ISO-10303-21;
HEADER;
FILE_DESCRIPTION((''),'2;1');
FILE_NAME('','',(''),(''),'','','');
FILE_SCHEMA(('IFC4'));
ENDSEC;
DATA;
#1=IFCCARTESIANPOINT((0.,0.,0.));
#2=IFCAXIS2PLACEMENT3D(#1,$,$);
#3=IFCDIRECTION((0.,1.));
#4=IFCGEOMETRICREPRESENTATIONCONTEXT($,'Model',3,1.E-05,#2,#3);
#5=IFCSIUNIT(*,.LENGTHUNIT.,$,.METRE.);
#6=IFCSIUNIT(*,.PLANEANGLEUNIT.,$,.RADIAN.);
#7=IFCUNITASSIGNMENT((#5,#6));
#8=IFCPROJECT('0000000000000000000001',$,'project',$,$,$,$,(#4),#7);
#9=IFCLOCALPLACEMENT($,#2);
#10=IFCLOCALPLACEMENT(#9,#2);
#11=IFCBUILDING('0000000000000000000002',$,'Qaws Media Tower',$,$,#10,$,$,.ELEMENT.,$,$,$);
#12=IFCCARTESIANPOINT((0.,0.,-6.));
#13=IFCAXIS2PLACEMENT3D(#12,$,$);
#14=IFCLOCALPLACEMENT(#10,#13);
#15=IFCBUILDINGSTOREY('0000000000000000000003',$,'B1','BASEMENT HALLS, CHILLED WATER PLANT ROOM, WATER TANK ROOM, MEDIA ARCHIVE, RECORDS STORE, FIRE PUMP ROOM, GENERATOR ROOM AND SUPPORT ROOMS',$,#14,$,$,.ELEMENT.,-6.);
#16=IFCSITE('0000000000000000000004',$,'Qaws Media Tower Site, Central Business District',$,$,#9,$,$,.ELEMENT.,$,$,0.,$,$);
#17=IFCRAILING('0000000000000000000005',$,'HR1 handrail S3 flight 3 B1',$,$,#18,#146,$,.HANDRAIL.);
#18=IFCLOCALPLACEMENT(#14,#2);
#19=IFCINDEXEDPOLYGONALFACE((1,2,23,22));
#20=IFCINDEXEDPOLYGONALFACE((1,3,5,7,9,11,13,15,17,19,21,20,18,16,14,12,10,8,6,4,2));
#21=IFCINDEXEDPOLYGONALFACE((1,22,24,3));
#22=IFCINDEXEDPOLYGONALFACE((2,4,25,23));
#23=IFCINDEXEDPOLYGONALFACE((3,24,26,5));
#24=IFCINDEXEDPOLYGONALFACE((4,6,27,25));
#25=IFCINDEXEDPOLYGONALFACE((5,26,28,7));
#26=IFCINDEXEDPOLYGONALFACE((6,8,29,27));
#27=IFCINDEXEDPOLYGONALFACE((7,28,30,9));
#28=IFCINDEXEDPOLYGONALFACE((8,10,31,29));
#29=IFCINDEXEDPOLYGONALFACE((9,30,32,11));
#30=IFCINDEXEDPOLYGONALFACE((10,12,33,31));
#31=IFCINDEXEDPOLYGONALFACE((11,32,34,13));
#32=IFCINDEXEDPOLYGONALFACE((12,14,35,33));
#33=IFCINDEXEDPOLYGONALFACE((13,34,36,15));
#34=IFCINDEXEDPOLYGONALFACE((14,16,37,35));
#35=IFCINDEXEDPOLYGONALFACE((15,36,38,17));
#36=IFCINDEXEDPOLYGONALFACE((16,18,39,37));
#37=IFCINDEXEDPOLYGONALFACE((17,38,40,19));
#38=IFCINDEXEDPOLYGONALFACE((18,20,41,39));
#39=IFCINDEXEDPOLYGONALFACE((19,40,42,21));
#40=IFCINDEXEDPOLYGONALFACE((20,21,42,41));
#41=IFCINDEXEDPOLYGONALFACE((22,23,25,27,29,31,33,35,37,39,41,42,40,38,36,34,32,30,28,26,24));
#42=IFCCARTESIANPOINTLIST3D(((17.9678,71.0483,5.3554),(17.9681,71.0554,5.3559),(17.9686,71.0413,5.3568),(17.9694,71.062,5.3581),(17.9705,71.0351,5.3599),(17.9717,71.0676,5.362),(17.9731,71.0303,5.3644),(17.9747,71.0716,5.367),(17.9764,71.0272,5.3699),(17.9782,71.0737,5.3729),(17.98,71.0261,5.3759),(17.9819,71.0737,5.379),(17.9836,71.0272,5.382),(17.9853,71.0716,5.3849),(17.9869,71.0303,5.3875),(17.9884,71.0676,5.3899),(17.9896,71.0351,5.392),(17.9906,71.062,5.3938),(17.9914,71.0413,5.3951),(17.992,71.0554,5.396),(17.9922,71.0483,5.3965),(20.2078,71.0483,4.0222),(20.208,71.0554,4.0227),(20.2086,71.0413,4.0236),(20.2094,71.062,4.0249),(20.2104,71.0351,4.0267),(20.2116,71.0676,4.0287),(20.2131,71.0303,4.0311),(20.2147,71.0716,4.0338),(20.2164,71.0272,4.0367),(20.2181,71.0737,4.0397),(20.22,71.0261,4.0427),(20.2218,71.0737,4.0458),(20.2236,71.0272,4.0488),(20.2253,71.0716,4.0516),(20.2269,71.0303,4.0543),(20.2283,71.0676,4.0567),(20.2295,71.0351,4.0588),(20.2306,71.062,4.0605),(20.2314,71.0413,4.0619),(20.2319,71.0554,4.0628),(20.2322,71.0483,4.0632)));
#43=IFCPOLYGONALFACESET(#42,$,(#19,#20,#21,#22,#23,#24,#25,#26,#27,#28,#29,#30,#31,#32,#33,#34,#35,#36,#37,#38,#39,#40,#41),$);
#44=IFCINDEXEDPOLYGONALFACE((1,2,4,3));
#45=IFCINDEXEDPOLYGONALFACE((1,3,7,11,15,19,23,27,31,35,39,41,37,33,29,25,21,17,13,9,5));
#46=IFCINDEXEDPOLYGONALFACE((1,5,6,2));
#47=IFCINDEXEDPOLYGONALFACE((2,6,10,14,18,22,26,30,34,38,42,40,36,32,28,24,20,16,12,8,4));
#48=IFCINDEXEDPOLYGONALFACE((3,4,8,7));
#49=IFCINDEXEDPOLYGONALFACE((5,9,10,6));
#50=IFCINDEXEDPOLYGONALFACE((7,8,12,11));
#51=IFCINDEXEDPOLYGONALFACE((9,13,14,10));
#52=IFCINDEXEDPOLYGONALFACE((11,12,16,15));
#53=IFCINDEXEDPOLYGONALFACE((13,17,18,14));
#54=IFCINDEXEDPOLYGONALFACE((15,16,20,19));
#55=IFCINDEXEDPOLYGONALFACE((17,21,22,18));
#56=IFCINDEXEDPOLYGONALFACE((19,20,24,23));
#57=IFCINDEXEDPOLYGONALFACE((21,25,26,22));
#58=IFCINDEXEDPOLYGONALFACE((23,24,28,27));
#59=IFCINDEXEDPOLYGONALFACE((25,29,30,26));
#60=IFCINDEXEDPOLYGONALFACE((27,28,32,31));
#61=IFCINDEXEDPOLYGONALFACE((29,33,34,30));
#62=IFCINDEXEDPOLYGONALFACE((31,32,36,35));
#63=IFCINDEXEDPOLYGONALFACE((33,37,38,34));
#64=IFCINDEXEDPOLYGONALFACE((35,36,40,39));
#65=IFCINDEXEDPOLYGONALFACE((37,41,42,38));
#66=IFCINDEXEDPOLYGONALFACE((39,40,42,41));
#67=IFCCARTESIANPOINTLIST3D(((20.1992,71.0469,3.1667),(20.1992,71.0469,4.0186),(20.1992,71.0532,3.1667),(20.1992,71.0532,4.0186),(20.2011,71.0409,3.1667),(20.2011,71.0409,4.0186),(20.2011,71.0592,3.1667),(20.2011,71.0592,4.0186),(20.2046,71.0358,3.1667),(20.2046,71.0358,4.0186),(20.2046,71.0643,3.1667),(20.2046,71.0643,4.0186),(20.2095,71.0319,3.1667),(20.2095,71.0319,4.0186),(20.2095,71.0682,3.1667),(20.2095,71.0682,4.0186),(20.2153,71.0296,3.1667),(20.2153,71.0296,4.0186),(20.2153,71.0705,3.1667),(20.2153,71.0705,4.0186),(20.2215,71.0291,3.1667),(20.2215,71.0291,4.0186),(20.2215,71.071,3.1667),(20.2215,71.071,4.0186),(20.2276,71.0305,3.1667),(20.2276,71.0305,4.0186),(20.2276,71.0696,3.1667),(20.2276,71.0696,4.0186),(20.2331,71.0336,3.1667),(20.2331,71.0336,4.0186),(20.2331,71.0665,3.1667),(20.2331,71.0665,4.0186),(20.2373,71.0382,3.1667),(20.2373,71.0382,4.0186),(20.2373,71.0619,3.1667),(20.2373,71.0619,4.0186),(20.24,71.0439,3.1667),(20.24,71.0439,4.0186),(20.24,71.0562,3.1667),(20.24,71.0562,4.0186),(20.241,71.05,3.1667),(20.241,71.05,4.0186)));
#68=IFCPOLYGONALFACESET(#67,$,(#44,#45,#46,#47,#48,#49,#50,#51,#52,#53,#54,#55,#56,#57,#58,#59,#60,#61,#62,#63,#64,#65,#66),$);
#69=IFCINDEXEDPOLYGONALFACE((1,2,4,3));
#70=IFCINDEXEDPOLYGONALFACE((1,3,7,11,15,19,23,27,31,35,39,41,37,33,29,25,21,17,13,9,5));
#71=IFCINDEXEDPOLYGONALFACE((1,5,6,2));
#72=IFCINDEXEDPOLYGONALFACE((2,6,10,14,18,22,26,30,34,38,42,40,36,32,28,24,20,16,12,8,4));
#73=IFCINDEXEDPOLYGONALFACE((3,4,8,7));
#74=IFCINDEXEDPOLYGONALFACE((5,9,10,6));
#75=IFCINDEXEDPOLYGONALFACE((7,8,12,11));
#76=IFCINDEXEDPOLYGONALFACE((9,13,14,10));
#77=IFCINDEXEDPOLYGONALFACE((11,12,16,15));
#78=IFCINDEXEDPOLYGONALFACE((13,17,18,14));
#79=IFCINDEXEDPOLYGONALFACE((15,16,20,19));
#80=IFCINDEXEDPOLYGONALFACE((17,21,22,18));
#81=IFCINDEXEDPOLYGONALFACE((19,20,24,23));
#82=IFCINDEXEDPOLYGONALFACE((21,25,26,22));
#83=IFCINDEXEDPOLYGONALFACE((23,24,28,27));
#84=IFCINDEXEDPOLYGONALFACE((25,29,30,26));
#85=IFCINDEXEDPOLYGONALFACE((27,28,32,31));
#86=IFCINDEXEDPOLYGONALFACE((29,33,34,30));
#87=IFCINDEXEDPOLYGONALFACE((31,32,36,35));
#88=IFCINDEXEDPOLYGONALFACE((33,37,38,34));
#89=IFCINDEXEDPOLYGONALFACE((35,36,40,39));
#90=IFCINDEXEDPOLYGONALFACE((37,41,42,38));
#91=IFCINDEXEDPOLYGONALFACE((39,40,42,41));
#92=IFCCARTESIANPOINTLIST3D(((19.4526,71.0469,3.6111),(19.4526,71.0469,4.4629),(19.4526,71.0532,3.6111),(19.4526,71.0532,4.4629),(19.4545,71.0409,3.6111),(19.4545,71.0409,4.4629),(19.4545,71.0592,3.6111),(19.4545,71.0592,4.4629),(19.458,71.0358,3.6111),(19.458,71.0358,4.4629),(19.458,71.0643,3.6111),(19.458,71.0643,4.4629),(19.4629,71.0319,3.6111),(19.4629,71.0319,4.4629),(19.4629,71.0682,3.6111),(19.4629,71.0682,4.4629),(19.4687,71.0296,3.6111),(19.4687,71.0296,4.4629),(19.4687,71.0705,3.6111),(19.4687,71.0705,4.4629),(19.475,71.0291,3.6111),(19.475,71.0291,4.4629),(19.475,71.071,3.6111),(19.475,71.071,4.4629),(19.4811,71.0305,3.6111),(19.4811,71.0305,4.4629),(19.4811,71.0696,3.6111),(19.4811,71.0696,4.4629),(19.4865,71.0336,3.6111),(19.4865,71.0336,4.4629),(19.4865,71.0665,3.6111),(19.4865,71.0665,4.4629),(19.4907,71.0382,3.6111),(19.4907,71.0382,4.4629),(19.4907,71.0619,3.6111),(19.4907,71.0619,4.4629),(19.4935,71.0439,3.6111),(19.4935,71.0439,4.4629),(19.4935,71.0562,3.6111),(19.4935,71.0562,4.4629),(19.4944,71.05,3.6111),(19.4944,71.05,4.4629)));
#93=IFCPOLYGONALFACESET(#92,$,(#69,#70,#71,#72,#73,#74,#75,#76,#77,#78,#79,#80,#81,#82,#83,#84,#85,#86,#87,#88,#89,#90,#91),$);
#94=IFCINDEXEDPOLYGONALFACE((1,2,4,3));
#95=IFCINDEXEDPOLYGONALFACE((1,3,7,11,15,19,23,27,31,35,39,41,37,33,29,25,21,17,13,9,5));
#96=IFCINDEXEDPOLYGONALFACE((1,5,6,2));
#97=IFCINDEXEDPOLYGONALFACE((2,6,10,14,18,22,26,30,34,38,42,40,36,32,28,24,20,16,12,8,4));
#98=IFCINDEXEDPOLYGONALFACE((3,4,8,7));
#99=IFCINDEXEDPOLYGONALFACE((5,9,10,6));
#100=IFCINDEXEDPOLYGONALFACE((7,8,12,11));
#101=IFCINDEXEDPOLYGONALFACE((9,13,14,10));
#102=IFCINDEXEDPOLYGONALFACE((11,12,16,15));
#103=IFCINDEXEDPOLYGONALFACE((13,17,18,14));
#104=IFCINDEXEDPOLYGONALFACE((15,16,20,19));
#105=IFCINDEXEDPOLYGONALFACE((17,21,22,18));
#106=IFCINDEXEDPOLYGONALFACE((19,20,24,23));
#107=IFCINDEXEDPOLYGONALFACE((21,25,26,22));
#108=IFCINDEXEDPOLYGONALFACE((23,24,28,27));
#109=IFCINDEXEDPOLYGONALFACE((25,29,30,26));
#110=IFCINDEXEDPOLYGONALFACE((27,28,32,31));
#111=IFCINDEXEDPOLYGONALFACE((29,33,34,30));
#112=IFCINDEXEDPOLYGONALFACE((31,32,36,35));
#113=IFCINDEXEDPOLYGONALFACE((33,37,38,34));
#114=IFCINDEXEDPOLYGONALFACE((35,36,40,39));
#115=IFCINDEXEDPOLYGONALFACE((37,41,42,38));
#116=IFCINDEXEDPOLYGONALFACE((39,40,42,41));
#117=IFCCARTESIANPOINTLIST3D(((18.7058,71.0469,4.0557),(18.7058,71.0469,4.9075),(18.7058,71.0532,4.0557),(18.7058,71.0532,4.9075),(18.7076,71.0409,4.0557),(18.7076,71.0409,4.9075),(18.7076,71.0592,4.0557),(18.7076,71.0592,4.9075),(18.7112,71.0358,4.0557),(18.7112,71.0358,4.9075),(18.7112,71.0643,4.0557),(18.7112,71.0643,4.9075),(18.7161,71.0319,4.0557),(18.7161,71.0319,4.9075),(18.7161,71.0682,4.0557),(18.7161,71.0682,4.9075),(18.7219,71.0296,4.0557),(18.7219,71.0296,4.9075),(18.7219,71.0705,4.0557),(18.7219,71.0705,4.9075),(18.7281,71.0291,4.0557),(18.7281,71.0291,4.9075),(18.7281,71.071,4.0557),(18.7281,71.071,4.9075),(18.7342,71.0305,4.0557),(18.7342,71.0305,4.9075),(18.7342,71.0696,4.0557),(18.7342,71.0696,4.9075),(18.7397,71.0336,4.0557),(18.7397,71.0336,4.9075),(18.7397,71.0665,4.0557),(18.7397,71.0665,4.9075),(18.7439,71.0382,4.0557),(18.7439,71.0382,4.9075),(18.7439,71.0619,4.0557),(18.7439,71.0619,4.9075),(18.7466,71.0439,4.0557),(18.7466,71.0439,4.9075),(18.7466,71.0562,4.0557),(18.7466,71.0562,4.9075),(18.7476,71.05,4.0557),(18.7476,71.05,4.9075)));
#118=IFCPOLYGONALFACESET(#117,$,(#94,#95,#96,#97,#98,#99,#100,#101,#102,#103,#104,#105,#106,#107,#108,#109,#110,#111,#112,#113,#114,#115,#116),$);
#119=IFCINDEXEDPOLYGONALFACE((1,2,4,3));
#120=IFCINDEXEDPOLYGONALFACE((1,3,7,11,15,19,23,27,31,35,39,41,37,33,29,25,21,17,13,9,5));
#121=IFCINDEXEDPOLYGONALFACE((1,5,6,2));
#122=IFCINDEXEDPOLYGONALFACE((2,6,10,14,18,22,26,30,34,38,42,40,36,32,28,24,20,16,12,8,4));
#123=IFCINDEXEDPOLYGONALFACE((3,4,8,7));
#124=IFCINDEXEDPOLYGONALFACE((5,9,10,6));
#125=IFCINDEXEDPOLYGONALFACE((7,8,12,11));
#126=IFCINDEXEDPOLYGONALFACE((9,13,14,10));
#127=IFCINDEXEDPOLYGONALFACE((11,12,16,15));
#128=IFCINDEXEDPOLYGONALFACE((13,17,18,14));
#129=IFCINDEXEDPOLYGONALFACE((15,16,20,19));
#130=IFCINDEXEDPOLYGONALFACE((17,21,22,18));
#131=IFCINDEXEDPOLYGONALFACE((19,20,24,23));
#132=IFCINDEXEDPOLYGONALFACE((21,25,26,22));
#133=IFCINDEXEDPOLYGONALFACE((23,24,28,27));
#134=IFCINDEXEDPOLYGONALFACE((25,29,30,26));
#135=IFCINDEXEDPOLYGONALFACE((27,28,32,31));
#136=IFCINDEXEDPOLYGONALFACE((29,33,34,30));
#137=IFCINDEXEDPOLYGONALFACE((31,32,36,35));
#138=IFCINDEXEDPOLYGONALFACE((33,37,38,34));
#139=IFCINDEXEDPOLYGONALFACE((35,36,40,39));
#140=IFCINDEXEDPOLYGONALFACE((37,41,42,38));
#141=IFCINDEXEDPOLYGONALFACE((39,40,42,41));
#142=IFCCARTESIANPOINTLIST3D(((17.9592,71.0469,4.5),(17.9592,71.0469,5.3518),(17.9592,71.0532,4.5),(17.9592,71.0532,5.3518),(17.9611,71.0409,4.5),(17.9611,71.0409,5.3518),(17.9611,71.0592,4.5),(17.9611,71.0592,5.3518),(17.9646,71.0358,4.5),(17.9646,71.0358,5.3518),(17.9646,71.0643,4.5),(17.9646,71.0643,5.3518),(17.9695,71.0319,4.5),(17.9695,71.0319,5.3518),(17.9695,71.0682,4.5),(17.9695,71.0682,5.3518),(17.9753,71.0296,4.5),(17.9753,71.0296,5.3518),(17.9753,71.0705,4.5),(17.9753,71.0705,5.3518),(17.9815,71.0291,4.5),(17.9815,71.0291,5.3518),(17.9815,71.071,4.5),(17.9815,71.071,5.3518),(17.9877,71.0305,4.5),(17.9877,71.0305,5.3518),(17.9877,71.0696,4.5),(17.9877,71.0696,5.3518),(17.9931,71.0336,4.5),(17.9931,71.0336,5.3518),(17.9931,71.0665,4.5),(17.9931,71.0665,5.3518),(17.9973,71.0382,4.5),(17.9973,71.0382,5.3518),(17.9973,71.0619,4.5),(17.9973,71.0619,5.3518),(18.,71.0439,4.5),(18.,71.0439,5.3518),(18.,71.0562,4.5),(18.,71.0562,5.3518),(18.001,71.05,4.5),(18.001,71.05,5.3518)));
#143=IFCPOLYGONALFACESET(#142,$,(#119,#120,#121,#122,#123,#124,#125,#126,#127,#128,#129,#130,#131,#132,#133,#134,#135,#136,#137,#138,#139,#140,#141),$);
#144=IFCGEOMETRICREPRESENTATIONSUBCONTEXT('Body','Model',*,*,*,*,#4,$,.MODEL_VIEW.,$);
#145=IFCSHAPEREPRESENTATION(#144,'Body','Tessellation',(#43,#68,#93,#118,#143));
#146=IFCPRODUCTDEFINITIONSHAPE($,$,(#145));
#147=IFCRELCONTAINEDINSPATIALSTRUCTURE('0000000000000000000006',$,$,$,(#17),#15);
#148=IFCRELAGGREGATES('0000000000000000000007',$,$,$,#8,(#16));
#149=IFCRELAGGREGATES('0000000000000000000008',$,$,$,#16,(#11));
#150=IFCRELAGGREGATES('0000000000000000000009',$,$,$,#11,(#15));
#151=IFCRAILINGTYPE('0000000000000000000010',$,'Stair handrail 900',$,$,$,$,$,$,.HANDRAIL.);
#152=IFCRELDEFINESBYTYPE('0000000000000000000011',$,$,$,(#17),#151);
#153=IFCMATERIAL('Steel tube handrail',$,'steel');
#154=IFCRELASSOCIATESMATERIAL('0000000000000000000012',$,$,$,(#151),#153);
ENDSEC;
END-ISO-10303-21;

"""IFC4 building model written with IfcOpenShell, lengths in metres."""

from ifc_helpers import new_model, si_unit, direction, frame, origin, origin_2d, place, context, subcontext, project, spatial, circle, extrude, material, type_object, element, save


model = new_model("IFC4")

# Units and contexts
model_context = context("Model", 3, precision=1e-05, world=origin(), true_north=direction((0.0, 1.0)))
body_context = subcontext(model_context, "Body", "Model", "MODEL_VIEW")
ifc_project = project(units=[si_unit("LENGTHUNIT", "METRE"), si_unit("PLANEANGLEUNIT", "RADIAN")], contexts=[model_context])

# Site, building, storey
site_placement = place(None, origin())
site = spatial("IfcSite", under=ifc_project, at=site_placement, Name="Qaws Media Tower Site, Central Business District", CompositionType="ELEMENT", RefElevation=0.0)
building_placement = place(site_placement, origin())
building = spatial("IfcBuilding", under=site, at=building_placement, Name="Qaws Media Tower", CompositionType="ELEMENT")
storey_placement = place(building_placement, frame((0.0, 0.0, -6.0)))
storey = spatial("IfcBuildingStorey", under=building, at=storey_placement, Name="B1", Description="BASEMENT HALLS, CHILLED WATER PLANT ROOM, WATER TANK ROOM, MEDIA ARCHIVE, RECORDS STORE, FIRE PUMP ROOM, GENERATOR ROOM AND SUPPORT ROOMS", CompositionType="ELEMENT", Elevation=-6.0)

# Railing
ifc_material_1 = material(Name="Steel tube handrail", Category="steel")
railing_type = type_object("IfcRailingType", Name="Stair handrail 900", PredefinedType="HANDRAIL", material=ifc_material_1)
for number, where, name in (
    (1, (20.22, 71.05, 3.1667), "HR1 handrail S3 flight 3 B1"),
):
    element("IfcRailing", number, at=place(storey_placement, frame(where)), inside=storey, type_object=railing_type, Name=name, PredefinedType="HANDRAIL", context=body_context, shape_type="SweptSolid", body=[
        extrude(circle(Radius=0.0239, at=origin_2d()), frame((0.0, 0.0, 0.876), z_axis=(-0.859306, 0.0, 0.511462), x_axis=(0.0, -1.0, 0.0)), (0.0, 0.0, 1.0), 2.6067),
        extrude(circle(Radius=0.021, at=origin_2d()), origin(), (0.0, 0.0, 1.0), 0.8518),
        extrude(circle(Radius=0.021, at=origin_2d()), frame((-0.7466, 0.0, 0.4443)), (0.0, 0.0, 1.0), 0.8518),
        extrude(circle(Radius=0.021, at=origin_2d()), frame((-1.4934, 0.0, 0.8889)), (0.0, 0.0, 1.0), 0.8518),
        extrude(circle(Radius=0.021, at=origin_2d()), frame((-2.24, 0.0, 1.3333)), (0.0, 0.0, 1.0), 0.8518),
    ])

save(model, "model.ifc")
